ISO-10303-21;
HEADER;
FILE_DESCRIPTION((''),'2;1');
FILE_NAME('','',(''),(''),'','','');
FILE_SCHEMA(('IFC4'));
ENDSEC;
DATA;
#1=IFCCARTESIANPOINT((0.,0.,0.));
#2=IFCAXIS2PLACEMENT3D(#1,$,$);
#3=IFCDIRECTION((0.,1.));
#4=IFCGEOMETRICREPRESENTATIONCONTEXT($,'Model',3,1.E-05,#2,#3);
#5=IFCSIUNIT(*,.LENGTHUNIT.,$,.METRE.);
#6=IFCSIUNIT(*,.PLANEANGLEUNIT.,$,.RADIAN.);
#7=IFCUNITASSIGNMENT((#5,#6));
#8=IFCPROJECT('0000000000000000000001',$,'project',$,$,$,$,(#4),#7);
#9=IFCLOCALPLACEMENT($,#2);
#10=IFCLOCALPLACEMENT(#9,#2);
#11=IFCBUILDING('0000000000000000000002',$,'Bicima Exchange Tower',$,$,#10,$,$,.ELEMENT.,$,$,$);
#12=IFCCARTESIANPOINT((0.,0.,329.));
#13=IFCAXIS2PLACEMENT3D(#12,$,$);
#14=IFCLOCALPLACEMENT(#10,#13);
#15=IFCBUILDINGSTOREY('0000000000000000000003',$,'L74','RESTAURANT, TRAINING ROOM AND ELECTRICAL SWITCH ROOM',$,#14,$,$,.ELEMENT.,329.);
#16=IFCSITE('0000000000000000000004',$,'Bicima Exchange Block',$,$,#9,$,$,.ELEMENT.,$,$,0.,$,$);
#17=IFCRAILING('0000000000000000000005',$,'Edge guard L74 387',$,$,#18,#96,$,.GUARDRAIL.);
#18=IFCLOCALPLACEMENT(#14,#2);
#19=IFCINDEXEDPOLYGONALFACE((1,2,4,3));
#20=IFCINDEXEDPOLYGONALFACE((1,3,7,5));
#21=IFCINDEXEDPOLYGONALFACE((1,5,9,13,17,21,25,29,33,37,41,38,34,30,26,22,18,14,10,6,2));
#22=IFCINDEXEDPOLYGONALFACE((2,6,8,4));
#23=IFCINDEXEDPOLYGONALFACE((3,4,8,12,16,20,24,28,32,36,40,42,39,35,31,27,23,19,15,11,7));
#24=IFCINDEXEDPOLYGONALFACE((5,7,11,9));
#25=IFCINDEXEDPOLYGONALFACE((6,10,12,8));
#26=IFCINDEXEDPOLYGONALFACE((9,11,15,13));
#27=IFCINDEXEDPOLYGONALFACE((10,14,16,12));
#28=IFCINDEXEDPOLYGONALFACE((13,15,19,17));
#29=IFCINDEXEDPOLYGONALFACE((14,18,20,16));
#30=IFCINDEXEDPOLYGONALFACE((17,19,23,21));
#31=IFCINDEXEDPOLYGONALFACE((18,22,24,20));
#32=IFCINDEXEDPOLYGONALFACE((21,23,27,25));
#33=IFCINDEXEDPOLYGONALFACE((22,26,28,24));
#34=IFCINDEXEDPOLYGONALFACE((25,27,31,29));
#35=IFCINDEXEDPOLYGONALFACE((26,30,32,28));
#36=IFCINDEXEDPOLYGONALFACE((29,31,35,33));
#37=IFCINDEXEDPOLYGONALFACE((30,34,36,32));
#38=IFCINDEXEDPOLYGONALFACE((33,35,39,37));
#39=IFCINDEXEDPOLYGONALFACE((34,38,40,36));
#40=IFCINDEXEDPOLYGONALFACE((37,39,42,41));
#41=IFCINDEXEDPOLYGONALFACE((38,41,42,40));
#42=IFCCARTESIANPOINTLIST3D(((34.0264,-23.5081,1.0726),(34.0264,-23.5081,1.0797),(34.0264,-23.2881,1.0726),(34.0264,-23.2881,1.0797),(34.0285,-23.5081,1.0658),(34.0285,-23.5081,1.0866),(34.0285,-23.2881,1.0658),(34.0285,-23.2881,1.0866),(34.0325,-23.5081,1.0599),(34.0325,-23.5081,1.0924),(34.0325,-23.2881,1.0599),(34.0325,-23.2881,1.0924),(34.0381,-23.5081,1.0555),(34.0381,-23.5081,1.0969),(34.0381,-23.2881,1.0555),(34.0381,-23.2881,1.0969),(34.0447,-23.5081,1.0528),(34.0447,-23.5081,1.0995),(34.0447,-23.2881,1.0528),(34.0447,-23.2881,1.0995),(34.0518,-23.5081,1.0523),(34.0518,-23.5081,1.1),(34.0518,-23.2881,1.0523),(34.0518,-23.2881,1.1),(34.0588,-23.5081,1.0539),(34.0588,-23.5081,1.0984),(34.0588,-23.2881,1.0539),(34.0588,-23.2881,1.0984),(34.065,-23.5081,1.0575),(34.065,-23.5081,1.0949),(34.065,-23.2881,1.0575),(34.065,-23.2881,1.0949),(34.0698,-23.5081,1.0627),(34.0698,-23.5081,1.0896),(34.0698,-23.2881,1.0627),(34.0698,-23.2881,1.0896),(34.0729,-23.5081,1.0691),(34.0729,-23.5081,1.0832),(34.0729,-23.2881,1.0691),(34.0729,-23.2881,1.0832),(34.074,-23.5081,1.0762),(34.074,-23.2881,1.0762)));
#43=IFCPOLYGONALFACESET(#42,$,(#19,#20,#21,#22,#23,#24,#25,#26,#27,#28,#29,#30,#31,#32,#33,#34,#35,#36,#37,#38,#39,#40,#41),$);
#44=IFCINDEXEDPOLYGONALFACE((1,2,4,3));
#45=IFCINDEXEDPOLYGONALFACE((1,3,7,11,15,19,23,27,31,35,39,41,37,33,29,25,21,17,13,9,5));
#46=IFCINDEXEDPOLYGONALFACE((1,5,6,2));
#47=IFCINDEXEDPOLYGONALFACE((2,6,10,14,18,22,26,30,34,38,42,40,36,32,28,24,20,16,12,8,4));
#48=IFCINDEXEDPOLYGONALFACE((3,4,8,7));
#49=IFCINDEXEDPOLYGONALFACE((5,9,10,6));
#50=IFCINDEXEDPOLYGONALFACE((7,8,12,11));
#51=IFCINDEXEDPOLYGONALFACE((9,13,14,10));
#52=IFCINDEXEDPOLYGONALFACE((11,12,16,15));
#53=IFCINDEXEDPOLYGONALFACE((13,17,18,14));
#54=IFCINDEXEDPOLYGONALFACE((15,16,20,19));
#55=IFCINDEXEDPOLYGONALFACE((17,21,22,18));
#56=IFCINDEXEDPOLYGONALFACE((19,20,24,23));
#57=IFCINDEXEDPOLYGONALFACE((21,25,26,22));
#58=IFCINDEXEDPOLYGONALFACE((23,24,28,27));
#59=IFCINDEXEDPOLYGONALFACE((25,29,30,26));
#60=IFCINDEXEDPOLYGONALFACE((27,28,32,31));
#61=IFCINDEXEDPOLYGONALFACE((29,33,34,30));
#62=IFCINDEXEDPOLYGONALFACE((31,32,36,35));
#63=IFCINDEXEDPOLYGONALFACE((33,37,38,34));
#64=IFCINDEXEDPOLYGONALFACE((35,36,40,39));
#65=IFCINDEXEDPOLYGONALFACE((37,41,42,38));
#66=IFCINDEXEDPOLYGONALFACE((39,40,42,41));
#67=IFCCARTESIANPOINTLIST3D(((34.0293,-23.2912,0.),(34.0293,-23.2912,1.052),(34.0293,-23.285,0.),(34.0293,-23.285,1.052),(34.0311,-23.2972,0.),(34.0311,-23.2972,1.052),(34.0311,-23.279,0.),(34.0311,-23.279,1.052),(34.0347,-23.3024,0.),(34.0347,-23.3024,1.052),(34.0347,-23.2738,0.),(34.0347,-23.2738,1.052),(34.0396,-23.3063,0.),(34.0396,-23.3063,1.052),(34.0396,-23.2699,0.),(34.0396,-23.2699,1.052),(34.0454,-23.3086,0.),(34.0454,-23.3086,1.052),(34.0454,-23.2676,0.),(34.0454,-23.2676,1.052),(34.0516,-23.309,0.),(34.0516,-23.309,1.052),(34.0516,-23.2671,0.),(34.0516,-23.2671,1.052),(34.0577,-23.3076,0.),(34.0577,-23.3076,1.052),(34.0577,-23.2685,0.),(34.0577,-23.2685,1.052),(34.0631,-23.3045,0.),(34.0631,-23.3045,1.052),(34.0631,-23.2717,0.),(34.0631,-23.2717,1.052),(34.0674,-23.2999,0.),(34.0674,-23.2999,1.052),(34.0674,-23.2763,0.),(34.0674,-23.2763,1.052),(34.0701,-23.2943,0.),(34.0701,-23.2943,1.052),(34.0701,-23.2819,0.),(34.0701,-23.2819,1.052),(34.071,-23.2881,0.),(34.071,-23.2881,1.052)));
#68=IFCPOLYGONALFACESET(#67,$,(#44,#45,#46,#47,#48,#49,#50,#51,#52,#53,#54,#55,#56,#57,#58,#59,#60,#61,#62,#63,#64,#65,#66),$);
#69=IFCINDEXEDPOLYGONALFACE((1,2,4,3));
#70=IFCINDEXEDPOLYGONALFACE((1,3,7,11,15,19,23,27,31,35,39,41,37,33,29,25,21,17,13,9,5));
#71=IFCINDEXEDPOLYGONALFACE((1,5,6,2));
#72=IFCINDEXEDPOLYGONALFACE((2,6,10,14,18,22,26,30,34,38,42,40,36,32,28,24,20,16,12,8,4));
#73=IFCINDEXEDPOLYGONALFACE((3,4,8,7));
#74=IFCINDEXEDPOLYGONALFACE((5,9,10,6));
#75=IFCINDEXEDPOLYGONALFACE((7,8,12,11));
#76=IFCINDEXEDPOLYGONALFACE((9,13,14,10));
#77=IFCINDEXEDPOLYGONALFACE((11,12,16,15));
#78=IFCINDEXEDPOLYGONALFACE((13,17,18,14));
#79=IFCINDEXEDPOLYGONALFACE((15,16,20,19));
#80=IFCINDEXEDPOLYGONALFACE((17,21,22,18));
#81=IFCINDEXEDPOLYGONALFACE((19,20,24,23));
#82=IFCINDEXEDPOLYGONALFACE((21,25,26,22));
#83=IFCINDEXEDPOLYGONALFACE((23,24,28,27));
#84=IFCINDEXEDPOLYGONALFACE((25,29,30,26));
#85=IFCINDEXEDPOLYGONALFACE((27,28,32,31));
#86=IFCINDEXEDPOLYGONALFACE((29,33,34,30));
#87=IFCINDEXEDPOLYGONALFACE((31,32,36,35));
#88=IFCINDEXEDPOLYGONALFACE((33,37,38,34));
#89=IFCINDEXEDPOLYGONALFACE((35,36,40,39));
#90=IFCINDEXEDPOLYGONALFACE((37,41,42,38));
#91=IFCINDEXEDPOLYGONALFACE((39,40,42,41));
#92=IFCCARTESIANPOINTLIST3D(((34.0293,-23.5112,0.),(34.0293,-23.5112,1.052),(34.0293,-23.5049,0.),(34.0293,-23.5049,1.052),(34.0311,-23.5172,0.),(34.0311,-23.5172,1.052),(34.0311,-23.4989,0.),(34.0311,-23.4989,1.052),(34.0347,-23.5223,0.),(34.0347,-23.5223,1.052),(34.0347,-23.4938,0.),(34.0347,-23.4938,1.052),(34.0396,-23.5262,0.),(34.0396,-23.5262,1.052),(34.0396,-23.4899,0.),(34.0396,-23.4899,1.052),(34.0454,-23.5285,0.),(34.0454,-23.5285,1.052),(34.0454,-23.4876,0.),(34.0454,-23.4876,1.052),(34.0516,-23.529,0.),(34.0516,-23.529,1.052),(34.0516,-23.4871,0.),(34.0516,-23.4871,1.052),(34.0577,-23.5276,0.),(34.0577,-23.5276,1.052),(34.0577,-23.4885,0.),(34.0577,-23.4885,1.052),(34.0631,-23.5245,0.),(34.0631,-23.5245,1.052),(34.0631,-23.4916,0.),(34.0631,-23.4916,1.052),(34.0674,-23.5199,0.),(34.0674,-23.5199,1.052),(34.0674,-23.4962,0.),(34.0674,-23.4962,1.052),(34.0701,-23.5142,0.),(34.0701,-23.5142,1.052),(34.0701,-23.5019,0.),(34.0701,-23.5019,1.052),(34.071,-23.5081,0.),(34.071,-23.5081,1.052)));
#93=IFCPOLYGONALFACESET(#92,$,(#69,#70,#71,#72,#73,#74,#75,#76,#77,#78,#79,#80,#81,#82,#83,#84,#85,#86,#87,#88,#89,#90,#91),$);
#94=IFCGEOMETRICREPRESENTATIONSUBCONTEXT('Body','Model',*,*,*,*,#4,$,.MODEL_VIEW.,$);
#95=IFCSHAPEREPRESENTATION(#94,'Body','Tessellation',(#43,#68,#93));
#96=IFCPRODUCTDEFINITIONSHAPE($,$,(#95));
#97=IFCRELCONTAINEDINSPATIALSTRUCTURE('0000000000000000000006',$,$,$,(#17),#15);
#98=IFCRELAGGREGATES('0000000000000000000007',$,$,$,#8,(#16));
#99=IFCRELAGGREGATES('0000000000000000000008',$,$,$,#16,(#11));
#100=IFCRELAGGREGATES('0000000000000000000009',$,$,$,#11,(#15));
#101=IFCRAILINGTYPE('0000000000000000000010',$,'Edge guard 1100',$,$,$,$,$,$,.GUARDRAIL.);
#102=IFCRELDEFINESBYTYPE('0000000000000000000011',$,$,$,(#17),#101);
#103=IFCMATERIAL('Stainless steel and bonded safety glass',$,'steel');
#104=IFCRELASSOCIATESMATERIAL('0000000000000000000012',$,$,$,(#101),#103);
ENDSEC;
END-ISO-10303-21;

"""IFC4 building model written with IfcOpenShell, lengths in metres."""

from ifc_helpers import new_model, si_unit, direction, frame, origin, origin_2d, place, context, subcontext, project, spatial, circle, extrude, material, type_object, element, save


model = new_model("IFC4")

# Units and contexts
model_context = context("Model", 3, precision=1e-05, world=origin(), true_north=direction((0.0, 1.0)))
body_context = subcontext(model_context, "Body", "Model", "MODEL_VIEW")
ifc_project = project(units=[si_unit("LENGTHUNIT", "METRE"), si_unit("PLANEANGLEUNIT", "RADIAN")], contexts=[model_context])

# Site, building, storey
site_placement = place(None, origin())
site = spatial("IfcSite", under=ifc_project, at=site_placement, Name="Bicima Exchange Block", CompositionType="ELEMENT", RefElevation=0.0)
building_placement = place(site_placement, origin())
building = spatial("IfcBuilding", under=site, at=building_placement, Name="Bicima Exchange Tower", CompositionType="ELEMENT")
storey_placement = place(building_placement, frame((0.0, 0.0, 329.0)))
storey = spatial("IfcBuildingStorey", under=building, at=storey_placement, Name="L74", Description="RESTAURANT, TRAINING ROOM AND ELECTRICAL SWITCH ROOM", CompositionType="ELEMENT", Elevation=329.0)

# Railing
ifc_material_1 = material(Name="Stainless steel and bonded safety glass", Category="steel")
railing_type = type_object("IfcRailingType", Name="Edge guard 1100", PredefinedType="GUARDRAIL", material=ifc_material_1)
railing_1_placement = place(storey_placement, frame((34.05, -23.2881, 0.0)))
element("IfcRailing", 1, at=railing_1_placement, inside=storey, type_object=railing_type, Name="Edge guard L74 387", PredefinedType="GUARDRAIL", context=body_context, shape_type="SweptSolid", body=[
    extrude(circle(Radius=0.0239, at=origin_2d()), frame((0.0, 0.0, 1.0762), z_axis=(0.0, -1.0, 0.0), x_axis=(1.0, 0.0, 0.0)), (0.0, 0.0, 1.0), 0.22),
    extrude(circle(Radius=0.021, at=origin_2d()), origin(), (0.0, 0.0, 1.0), 1.052),
    extrude(circle(Radius=0.021, at=origin_2d()), frame((0.0, -0.22, 0.0)), (0.0, 0.0, 1.0), 1.052),
])

save(model, "model.ifc")
